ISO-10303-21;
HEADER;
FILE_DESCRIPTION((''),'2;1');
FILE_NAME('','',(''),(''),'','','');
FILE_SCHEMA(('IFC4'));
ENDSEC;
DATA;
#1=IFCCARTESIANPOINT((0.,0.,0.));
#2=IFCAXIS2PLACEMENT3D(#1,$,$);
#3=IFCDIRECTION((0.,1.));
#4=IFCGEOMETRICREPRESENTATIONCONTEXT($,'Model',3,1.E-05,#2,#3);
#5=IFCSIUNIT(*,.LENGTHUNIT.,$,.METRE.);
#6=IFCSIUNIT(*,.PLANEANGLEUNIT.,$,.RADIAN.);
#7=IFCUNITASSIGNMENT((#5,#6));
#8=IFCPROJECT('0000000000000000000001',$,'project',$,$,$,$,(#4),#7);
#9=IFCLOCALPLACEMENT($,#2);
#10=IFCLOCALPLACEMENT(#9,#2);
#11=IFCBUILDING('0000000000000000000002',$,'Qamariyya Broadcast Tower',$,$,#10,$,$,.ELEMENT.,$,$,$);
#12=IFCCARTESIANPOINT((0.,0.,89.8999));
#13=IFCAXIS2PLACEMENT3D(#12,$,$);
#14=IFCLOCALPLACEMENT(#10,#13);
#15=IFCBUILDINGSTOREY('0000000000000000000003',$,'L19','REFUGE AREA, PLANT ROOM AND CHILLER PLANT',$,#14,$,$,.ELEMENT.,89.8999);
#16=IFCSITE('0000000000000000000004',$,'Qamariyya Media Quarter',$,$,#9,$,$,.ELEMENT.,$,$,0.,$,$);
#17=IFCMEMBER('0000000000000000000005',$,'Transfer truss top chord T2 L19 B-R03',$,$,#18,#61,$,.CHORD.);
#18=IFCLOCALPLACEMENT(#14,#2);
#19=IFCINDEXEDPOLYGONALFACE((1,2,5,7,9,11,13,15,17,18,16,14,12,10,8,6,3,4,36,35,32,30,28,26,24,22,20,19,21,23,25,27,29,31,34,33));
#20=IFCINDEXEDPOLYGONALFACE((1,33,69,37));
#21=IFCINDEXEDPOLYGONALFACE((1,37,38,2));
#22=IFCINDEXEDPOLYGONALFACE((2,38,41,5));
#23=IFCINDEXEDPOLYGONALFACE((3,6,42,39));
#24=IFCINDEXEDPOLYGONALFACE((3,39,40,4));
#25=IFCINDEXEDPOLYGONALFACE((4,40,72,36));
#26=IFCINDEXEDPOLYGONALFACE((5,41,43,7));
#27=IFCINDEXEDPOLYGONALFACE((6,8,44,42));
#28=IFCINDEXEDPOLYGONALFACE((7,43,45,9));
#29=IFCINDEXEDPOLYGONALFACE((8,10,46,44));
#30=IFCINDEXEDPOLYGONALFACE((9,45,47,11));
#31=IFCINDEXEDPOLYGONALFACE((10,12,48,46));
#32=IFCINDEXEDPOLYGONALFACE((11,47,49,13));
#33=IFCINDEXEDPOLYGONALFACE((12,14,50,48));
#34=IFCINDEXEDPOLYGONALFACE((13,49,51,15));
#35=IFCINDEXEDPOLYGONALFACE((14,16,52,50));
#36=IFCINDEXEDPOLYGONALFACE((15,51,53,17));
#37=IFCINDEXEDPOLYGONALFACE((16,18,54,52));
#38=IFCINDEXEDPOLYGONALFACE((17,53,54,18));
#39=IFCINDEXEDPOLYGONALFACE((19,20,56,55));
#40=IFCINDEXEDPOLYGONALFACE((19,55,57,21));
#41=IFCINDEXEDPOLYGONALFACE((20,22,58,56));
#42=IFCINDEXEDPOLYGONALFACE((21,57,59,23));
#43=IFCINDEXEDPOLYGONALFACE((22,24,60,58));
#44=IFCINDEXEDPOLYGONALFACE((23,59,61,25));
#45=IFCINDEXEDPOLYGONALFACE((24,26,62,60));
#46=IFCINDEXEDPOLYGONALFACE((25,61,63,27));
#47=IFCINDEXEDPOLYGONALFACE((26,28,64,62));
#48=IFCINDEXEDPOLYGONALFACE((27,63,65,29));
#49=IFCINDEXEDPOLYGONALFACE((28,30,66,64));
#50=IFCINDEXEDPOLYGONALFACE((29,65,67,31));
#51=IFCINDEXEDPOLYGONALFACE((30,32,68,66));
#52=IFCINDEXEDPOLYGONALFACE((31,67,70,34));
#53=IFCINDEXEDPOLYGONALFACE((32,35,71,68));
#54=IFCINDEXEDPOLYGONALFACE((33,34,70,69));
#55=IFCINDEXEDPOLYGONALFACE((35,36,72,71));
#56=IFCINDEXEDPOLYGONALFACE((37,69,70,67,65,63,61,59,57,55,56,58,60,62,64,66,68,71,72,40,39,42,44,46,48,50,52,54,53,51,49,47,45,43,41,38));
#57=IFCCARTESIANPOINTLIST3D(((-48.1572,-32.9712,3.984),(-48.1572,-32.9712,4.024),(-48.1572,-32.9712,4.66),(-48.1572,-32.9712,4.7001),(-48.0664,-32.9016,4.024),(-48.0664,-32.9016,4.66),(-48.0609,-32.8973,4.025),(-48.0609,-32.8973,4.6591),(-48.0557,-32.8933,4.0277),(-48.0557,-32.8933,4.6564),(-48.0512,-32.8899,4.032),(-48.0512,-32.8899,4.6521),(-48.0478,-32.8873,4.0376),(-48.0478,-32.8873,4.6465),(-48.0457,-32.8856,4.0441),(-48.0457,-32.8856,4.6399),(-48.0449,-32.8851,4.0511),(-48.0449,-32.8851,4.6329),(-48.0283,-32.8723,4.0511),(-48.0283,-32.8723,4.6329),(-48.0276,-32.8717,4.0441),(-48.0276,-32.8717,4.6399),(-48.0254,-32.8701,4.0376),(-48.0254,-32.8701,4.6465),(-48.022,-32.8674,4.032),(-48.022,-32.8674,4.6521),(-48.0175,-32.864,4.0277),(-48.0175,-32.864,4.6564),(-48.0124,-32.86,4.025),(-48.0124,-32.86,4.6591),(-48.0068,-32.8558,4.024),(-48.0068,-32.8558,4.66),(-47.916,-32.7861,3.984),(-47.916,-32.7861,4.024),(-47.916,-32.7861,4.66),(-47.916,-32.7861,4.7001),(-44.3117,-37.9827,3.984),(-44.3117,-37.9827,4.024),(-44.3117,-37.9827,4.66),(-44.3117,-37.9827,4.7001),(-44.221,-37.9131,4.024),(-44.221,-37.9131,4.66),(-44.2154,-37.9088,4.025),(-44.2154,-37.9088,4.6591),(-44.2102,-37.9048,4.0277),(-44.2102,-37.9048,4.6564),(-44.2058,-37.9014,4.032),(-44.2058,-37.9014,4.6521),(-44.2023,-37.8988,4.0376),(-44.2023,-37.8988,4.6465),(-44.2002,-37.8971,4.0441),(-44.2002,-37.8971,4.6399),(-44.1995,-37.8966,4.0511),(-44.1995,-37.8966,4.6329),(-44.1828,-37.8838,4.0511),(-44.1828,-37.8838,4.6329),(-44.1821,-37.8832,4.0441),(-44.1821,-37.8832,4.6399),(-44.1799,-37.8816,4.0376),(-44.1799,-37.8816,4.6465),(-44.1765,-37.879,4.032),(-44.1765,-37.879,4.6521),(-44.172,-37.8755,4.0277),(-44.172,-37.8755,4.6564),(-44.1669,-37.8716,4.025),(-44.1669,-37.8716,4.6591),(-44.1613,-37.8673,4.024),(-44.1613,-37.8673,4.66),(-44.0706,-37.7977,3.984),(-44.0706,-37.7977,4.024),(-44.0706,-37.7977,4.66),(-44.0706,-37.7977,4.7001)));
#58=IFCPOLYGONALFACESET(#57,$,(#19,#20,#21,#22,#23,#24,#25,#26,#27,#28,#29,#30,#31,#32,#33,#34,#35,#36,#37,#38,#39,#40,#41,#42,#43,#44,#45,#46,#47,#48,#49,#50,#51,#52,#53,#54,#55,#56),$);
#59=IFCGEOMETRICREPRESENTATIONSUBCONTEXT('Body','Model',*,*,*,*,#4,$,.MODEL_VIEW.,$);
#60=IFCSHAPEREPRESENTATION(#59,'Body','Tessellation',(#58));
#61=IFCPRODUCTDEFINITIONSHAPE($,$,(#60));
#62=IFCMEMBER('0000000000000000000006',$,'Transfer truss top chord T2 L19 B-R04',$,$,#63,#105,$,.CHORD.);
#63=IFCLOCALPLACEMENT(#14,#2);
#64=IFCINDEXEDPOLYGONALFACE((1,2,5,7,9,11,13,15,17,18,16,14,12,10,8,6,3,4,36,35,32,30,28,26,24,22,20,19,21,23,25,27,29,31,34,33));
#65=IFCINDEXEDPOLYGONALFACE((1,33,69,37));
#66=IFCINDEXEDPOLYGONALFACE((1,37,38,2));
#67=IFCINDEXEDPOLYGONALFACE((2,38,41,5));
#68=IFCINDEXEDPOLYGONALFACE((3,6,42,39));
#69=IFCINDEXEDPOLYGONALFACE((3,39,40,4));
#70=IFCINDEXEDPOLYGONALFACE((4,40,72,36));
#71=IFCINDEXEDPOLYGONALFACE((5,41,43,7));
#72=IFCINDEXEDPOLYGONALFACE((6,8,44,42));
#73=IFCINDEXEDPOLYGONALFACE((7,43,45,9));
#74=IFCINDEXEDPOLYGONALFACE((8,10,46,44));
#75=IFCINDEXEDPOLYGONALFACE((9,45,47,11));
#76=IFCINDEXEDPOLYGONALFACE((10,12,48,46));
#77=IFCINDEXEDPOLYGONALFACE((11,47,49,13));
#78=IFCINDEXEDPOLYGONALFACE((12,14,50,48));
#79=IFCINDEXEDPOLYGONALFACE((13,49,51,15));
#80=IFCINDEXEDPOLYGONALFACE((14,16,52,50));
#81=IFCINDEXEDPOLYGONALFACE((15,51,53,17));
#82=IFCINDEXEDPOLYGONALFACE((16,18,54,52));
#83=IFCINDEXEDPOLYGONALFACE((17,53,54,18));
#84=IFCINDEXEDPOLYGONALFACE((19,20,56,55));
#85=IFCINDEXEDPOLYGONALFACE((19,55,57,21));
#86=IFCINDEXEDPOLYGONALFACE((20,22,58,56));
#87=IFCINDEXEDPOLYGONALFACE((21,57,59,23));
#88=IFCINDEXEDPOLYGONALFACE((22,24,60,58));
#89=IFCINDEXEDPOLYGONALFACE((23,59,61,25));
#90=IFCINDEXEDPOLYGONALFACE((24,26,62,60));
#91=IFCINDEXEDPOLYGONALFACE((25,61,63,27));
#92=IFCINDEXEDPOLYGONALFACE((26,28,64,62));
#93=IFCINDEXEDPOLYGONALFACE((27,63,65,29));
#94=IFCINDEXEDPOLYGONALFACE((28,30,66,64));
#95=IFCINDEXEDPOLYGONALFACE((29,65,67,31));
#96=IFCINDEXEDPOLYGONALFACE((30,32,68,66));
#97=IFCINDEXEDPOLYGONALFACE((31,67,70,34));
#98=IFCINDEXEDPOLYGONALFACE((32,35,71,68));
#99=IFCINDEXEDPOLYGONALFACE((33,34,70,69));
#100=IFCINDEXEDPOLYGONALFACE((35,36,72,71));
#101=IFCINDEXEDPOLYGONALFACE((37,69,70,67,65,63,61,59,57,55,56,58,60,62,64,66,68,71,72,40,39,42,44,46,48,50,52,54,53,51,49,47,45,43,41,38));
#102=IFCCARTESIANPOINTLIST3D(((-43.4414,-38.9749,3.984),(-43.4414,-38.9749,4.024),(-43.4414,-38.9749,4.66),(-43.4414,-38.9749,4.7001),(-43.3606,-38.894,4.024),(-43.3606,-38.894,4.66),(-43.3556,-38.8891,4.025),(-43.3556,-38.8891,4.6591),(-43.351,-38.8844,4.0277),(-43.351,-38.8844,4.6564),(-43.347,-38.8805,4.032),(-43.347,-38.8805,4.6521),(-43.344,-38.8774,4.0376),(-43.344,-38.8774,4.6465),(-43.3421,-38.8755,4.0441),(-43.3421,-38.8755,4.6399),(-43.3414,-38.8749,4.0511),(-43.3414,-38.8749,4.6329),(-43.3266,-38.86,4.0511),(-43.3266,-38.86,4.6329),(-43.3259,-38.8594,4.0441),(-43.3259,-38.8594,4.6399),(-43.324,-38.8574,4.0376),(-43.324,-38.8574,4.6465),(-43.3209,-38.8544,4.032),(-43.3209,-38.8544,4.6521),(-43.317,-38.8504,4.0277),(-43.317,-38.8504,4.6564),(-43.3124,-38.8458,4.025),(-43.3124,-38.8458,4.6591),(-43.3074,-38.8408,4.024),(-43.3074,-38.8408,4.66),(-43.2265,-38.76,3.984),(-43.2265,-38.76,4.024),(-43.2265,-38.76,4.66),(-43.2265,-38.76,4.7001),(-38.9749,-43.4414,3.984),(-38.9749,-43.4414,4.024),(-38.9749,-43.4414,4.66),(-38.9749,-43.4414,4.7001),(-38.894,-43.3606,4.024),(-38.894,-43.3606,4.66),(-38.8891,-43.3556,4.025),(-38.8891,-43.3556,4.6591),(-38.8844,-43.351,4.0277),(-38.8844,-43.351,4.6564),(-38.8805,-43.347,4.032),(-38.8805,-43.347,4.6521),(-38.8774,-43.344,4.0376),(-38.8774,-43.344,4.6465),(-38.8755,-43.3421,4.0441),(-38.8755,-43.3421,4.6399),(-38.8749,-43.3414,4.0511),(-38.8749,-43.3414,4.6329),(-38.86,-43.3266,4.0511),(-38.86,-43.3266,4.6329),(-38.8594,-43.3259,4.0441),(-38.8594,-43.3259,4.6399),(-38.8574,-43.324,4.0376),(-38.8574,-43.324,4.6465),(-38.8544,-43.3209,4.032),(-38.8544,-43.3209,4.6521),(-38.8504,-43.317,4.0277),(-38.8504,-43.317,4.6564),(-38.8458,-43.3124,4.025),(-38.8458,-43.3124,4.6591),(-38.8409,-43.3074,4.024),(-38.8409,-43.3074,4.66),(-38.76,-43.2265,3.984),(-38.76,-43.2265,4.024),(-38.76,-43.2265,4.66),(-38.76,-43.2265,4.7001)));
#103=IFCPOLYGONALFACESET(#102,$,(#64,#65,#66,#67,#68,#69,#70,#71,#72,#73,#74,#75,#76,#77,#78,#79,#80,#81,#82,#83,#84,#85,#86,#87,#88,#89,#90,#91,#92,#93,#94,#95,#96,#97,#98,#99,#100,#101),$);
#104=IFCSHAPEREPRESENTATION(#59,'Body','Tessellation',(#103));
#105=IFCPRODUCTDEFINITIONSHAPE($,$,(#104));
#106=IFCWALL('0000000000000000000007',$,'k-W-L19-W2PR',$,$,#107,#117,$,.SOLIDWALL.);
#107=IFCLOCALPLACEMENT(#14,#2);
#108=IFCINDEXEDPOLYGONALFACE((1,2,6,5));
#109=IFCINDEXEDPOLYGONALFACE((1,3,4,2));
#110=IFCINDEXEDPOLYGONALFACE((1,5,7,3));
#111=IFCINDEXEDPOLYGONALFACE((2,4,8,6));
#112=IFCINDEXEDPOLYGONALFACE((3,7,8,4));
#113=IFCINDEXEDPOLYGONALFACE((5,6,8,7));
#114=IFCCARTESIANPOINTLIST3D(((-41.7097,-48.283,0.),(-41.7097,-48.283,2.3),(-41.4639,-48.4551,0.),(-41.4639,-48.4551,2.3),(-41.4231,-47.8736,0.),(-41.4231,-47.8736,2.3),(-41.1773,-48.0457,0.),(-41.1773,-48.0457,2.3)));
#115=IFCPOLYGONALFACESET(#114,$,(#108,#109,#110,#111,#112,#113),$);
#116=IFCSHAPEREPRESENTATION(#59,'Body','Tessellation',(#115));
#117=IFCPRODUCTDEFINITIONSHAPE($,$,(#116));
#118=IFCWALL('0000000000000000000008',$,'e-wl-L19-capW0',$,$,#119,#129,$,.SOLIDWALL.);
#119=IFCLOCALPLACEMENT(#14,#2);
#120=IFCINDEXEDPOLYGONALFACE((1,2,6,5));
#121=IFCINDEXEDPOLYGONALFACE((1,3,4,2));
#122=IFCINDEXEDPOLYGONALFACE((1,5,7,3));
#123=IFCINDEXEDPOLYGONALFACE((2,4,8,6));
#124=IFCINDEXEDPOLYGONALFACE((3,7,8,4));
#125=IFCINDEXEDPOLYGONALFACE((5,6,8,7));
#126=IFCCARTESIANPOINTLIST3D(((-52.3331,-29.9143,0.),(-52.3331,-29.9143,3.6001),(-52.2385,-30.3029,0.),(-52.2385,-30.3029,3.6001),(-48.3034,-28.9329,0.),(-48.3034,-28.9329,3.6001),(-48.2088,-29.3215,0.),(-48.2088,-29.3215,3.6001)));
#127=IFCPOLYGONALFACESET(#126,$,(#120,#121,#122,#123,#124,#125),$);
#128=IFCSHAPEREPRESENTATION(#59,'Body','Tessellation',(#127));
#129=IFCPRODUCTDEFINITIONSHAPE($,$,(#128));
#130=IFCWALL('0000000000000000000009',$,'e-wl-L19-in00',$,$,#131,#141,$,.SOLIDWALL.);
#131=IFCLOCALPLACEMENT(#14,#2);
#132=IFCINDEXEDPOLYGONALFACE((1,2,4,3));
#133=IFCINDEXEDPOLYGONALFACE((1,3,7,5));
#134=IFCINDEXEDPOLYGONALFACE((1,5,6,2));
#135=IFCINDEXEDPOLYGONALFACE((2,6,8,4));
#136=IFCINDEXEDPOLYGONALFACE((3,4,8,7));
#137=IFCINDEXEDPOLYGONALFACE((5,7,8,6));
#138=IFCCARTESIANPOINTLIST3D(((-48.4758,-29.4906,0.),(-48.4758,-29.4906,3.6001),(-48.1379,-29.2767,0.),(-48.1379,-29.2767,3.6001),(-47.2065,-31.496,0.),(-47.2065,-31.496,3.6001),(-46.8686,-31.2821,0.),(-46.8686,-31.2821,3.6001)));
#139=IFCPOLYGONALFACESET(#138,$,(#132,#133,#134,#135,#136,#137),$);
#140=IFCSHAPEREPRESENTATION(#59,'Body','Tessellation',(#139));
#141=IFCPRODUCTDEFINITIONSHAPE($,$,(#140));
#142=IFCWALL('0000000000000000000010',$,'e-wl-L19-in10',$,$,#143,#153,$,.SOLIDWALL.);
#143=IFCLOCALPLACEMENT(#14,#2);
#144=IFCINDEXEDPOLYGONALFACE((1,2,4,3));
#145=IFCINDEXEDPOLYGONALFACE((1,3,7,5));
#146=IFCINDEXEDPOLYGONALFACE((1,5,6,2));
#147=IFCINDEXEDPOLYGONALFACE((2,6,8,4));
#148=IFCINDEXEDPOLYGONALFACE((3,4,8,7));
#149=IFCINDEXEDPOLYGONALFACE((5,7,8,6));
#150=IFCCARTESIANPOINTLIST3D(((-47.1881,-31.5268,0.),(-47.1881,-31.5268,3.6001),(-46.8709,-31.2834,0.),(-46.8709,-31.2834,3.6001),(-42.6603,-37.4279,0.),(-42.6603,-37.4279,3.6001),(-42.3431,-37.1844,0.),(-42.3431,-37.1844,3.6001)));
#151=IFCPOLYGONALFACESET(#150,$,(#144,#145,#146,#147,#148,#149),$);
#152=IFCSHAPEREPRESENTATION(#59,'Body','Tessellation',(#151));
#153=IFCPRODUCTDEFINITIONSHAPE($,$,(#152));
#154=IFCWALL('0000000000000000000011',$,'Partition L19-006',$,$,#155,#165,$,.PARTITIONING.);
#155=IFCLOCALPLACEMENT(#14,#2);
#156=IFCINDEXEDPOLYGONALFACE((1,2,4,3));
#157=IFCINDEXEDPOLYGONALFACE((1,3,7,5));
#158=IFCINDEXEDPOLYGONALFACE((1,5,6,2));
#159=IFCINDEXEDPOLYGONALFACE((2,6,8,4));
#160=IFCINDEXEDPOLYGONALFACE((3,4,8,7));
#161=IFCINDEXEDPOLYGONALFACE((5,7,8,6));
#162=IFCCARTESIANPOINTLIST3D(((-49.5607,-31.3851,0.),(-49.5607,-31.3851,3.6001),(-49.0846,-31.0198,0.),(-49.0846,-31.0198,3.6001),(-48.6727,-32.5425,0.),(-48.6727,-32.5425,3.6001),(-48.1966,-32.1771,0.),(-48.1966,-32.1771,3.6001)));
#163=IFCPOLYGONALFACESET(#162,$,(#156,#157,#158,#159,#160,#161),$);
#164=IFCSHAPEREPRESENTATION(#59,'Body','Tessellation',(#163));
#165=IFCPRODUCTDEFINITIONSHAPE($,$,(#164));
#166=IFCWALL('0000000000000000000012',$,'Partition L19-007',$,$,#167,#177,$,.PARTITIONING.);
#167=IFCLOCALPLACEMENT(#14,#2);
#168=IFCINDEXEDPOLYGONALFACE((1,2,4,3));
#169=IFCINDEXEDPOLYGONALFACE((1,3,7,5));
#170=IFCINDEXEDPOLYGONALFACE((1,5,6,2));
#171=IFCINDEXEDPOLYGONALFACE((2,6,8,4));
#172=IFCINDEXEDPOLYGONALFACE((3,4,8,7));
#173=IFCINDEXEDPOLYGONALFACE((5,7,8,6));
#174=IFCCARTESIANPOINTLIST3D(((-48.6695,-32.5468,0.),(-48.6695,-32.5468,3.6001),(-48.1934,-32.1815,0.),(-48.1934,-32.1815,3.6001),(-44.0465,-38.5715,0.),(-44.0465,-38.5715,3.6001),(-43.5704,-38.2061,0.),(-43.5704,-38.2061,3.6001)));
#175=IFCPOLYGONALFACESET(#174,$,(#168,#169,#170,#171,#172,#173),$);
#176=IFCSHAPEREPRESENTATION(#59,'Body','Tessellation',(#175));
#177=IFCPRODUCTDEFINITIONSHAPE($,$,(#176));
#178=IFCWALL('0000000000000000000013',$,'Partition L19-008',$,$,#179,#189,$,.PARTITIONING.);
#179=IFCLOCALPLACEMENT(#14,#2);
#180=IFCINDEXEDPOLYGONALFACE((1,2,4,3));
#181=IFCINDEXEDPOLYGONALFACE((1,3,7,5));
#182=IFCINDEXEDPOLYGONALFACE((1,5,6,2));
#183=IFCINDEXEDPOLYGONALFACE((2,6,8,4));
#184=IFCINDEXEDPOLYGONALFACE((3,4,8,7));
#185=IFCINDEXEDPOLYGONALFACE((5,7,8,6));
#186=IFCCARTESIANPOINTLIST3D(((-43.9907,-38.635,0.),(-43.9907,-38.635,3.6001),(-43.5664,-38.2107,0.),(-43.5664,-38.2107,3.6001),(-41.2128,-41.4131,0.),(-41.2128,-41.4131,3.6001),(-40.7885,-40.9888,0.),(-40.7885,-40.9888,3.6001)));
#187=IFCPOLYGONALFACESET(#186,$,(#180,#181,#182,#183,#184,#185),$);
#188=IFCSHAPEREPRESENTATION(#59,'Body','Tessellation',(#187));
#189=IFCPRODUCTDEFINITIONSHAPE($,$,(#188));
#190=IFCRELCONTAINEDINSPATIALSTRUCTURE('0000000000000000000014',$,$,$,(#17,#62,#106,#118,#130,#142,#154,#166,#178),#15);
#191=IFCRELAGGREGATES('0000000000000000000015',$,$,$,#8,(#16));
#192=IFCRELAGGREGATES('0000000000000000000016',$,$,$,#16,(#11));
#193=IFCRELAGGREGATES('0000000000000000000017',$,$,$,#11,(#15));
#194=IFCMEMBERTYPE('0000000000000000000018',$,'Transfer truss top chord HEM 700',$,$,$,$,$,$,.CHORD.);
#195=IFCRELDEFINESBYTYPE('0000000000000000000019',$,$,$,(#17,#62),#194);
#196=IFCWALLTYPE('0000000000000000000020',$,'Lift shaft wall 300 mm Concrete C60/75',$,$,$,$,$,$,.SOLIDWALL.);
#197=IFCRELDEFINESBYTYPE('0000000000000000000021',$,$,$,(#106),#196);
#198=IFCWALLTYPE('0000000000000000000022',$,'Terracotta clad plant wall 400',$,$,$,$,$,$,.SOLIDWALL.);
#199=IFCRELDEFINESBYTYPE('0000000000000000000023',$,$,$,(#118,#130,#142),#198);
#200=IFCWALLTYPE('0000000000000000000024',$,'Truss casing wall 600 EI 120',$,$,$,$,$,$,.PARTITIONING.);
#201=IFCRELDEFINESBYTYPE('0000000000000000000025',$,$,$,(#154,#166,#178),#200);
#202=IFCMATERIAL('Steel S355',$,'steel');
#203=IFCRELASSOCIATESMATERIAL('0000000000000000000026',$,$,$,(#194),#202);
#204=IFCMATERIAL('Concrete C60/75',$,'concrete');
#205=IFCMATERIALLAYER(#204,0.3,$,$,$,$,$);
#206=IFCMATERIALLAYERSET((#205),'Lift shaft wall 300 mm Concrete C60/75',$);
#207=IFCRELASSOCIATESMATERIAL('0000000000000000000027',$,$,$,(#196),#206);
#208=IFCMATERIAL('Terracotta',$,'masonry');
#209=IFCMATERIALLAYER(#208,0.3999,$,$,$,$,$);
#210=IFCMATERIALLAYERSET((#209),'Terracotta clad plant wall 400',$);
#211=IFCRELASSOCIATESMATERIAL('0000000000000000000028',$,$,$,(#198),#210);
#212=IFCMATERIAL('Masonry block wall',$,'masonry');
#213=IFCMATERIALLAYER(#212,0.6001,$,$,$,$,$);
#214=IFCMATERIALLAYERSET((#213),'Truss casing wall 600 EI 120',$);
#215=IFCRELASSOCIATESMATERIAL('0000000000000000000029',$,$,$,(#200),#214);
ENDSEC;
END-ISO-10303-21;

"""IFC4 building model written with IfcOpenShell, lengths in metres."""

from ifc_helpers import new_model, si_unit, direction, frame, frame_2d, origin, origin_2d, place, context, subcontext, project, spatial, rectangle, i_section, extrude, material, layer, layer_set, material_profile, profile_set, type_object, element, save


model = new_model("IFC4")

# Units and contexts
model_context = context("Model", 3, precision=1e-05, world=origin(), true_north=direction((0.0, 1.0)))
body_context = subcontext(model_context, "Body", "Model", "MODEL_VIEW")
ifc_project = project(units=[si_unit("LENGTHUNIT", "METRE"), si_unit("PLANEANGLEUNIT", "RADIAN")], contexts=[model_context])

# Site, building, storey
site_placement = place(None, origin())
site = spatial("IfcSite", under=ifc_project, at=site_placement, Name="Qamariyya Media Quarter", CompositionType="ELEMENT", RefElevation=0.0)
building_placement = place(site_placement, origin())
building = spatial("IfcBuilding", under=site, at=building_placement, Name="Qamariyya Broadcast Tower", CompositionType="ELEMENT")
storey_placement = place(building_placement, frame((0.0, 0.0, 89.8999)))
storey = spatial("IfcBuildingStorey", under=building, at=storey_placement, Name="L19", Description="REFUGE AREA, PLANT ROOM AND CHILLER PLANT", CompositionType="ELEMENT", Elevation=89.8999)

# Members
ifc_material_1 = material(Name="Steel S355", Category="steel")
ifc_material_profile_1 = material_profile(ifc_material_1, i_section(OverallWidth=0.304, OverallDepth=0.7161, WebThickness=0.021, FlangeThickness=0.04, FilletRadius=0.0271, at=origin_2d()))
ifc_profile_set_1 = profile_set([ifc_material_profile_1], Name="Steel S355")
member_type_1 = type_object("IfcMemberType", Name="Transfer truss top chord HEM 700", PredefinedType="CHORD", material=ifc_profile_set_1)
for number, where, z_axis, x_axis, name in (
    (1, (-48.0366, -32.8787, 4.342), (0.608763, -0.793352, 0.0), (0.793352, 0.608763, 0.0), "Transfer truss top chord T2 L19 B-R03"),
):
    element("IfcMember", number, at=place(storey_placement, frame(where, z_axis=z_axis, x_axis=x_axis)), inside=storey, type_object=member_type_1, Name=name, PredefinedType="CHORD", context=body_context, shape_type="SweptSolid", body=[
        extrude(i_section(OverallWidth=0.304, OverallDepth=0.7161, WebThickness=0.021, FlangeThickness=0.04, FilletRadius=0.0271, at=origin_2d()), origin(), (0.0, 0.0, 1.0), 6.3169),
    ])
member_1_placement = place(storey_placement, frame((-43.334, -38.8674, 4.342), z_axis=(0.707107, -0.707107, 0.0), x_axis=(0.707107, 0.707107, 0.0)))
element("IfcMember", 2, at=member_1_placement, inside=storey, type_object=member_type_1, Name="Transfer truss top chord T2 L19 B-R04", PredefinedType="CHORD", context=body_context, shape_type="SweptSolid", body=[
    extrude(i_section(OverallWidth=0.304, OverallDepth=0.7161, WebThickness=0.021, FlangeThickness=0.04, FilletRadius=0.0271, at=origin_2d()), origin(), (0.0, 0.0, 1.0), 6.3167),
])

# Walls
ifc_material_2 = material(Name="Concrete C60/75", Category="concrete")
ifc_layer_1 = layer(ifc_material_2, 0.3)
ifc_layer_set_1 = layer_set([ifc_layer_1], Name="Lift shaft wall 300 mm Concrete C60/75")
wall_type_1 = type_object("IfcWallType", Name="Lift shaft wall 300 mm Concrete C60/75", PredefinedType="SOLIDWALL", material=ifc_layer_set_1)
wall_1_placement = place(storey_placement, frame((-41.5869, -48.3691, 0.0), z_axis=(0.0, 0.0, 1.0), x_axis=(0.573495, 0.819209, 0.0)))
element("IfcWall", 3, at=wall_1_placement, inside=storey, type_object=wall_type_1, Name="k-W-L19-W2PR", PredefinedType="SOLIDWALL", context=body_context, shape_type="SweptSolid", body=[
    extrude(rectangle(XDim=0.4998, YDim=0.3, at=frame_2d((0.25, 0.0))), origin(), (0.0, 0.0, 1.0), 2.3),
])
ifc_material_3 = material(Name="Terracotta", Category="masonry")
ifc_layer_2 = layer(ifc_material_3, 0.3999)
ifc_layer_set_2 = layer_set([ifc_layer_2], Name="Terracotta clad plant wall 400")
wall_type_2 = type_object("IfcWallType", Name="Terracotta clad plant wall 400", PredefinedType="SOLIDWALL", material=ifc_layer_set_2)
wall_2_placement = place(storey_placement, frame((-48.2561, -29.1272, 0.0), z_axis=(0.0, 0.0, 1.0), x_axis=(-0.9716, -0.236631, 0.0)))
element("IfcWall", 4, at=wall_2_placement, inside=storey, type_object=wall_type_2, Name="e-wl-L19-capW0", PredefinedType="SOLIDWALL", context=body_context, shape_type="SweptSolid", body=[
    extrude(rectangle(XDim=4.1475, YDim=0.3999, at=frame_2d((2.0737, 0.0))), origin(), (0.0, 0.0, 1.0), 3.6001),
])
wall_3_placement = place(storey_placement, frame((-47.0376, -31.3889, 0.0), z_axis=(0.0, 0.0, 1.0), x_axis=(-0.534817, 0.844968, 0.0)))
element("IfcWall", 5, at=wall_3_placement, inside=storey, type_object=wall_type_2, Name="e-wl-L19-in00", PredefinedType="SOLIDWALL", context=body_context, shape_type="SweptSolid", body=[
    extrude(rectangle(XDim=2.3733, YDim=0.3999, at=frame_2d((1.1865, 0.0))), origin(), (0.0, 0.0, 1.0), 3.6001),
])
wall_4_placement = place(storey_placement, frame((-42.5017, -37.3062, 0.0), z_axis=(0.0, 0.0, 1.0), x_axis=(-0.60874, 0.79337, 0.0)))
element("IfcWall", 6, at=wall_4_placement, inside=storey, type_object=wall_type_2, Name="e-wl-L19-in10", PredefinedType="SOLIDWALL", context=body_context, shape_type="SweptSolid", body=[
    extrude(rectangle(XDim=7.438, YDim=0.3999, at=frame_2d((3.719, 0.0))), origin(), (0.0, 0.0, 1.0), 3.6001),
])
ifc_material_4 = material(Name="Masonry block wall", Category="masonry")
ifc_layer_3 = layer(ifc_material_4, 0.6001)
ifc_layer_set_3 = layer_set([ifc_layer_3], Name="Truss casing wall 600 EI 120")
wall_type_3 = type_object("IfcWallType", Name="Truss casing wall 600 EI 120", PredefinedType="PARTITIONING", material=ifc_layer_set_3)
wall_5_placement = place(storey_placement, frame((-49.3228, -31.2024, 0.0), z_axis=(0.0, 0.0, 1.0), x_axis=(0.608748, -0.793364, 0.0)))
element("IfcWall", 7, at=wall_5_placement, inside=storey, type_object=wall_type_3, Name="Partition L19-006", PredefinedType="PARTITIONING", context=body_context, shape_type="SweptSolid", body=[
    extrude(rectangle(XDim=1.4587, YDim=0.6001, at=frame_2d((0.7295, 0.0))), origin(), (0.0, 0.0, 1.0), 3.6001),
])
wall_6_placement = place(storey_placement, frame((-48.4314, -32.3643, 0.0), z_axis=(0.0, 0.0, 1.0), x_axis=(0.608775, -0.793343, 0.0)))
element("IfcWall", 8, at=wall_6_placement, inside=storey, type_object=wall_type_3, Name="Partition L19-007", PredefinedType="PARTITIONING", context=body_context, shape_type="SweptSolid", body=[
    extrude(rectangle(XDim=7.594, YDim=0.6001, at=frame_2d((3.7969, 0.0))), origin(), (0.0, 0.0, 1.0), 3.6001),
])
wall_7_placement = place(storey_placement, frame((-43.7786, -38.4229, 0.0), z_axis=(0.0, 0.0, 1.0), x_axis=(0.707076, -0.707138, 0.0)))
element("IfcWall", 9, at=wall_7_placement, inside=storey, type_object=wall_type_3, Name="Partition L19-008", PredefinedType="PARTITIONING", context=body_context, shape_type="SweptSolid", body=[
    extrude(rectangle(XDim=3.9287, YDim=0.6001, at=frame_2d((1.9644, 0.0))), origin(), (0.0, 0.0, 1.0), 3.6001),
])

save(model, "model.ifc")
